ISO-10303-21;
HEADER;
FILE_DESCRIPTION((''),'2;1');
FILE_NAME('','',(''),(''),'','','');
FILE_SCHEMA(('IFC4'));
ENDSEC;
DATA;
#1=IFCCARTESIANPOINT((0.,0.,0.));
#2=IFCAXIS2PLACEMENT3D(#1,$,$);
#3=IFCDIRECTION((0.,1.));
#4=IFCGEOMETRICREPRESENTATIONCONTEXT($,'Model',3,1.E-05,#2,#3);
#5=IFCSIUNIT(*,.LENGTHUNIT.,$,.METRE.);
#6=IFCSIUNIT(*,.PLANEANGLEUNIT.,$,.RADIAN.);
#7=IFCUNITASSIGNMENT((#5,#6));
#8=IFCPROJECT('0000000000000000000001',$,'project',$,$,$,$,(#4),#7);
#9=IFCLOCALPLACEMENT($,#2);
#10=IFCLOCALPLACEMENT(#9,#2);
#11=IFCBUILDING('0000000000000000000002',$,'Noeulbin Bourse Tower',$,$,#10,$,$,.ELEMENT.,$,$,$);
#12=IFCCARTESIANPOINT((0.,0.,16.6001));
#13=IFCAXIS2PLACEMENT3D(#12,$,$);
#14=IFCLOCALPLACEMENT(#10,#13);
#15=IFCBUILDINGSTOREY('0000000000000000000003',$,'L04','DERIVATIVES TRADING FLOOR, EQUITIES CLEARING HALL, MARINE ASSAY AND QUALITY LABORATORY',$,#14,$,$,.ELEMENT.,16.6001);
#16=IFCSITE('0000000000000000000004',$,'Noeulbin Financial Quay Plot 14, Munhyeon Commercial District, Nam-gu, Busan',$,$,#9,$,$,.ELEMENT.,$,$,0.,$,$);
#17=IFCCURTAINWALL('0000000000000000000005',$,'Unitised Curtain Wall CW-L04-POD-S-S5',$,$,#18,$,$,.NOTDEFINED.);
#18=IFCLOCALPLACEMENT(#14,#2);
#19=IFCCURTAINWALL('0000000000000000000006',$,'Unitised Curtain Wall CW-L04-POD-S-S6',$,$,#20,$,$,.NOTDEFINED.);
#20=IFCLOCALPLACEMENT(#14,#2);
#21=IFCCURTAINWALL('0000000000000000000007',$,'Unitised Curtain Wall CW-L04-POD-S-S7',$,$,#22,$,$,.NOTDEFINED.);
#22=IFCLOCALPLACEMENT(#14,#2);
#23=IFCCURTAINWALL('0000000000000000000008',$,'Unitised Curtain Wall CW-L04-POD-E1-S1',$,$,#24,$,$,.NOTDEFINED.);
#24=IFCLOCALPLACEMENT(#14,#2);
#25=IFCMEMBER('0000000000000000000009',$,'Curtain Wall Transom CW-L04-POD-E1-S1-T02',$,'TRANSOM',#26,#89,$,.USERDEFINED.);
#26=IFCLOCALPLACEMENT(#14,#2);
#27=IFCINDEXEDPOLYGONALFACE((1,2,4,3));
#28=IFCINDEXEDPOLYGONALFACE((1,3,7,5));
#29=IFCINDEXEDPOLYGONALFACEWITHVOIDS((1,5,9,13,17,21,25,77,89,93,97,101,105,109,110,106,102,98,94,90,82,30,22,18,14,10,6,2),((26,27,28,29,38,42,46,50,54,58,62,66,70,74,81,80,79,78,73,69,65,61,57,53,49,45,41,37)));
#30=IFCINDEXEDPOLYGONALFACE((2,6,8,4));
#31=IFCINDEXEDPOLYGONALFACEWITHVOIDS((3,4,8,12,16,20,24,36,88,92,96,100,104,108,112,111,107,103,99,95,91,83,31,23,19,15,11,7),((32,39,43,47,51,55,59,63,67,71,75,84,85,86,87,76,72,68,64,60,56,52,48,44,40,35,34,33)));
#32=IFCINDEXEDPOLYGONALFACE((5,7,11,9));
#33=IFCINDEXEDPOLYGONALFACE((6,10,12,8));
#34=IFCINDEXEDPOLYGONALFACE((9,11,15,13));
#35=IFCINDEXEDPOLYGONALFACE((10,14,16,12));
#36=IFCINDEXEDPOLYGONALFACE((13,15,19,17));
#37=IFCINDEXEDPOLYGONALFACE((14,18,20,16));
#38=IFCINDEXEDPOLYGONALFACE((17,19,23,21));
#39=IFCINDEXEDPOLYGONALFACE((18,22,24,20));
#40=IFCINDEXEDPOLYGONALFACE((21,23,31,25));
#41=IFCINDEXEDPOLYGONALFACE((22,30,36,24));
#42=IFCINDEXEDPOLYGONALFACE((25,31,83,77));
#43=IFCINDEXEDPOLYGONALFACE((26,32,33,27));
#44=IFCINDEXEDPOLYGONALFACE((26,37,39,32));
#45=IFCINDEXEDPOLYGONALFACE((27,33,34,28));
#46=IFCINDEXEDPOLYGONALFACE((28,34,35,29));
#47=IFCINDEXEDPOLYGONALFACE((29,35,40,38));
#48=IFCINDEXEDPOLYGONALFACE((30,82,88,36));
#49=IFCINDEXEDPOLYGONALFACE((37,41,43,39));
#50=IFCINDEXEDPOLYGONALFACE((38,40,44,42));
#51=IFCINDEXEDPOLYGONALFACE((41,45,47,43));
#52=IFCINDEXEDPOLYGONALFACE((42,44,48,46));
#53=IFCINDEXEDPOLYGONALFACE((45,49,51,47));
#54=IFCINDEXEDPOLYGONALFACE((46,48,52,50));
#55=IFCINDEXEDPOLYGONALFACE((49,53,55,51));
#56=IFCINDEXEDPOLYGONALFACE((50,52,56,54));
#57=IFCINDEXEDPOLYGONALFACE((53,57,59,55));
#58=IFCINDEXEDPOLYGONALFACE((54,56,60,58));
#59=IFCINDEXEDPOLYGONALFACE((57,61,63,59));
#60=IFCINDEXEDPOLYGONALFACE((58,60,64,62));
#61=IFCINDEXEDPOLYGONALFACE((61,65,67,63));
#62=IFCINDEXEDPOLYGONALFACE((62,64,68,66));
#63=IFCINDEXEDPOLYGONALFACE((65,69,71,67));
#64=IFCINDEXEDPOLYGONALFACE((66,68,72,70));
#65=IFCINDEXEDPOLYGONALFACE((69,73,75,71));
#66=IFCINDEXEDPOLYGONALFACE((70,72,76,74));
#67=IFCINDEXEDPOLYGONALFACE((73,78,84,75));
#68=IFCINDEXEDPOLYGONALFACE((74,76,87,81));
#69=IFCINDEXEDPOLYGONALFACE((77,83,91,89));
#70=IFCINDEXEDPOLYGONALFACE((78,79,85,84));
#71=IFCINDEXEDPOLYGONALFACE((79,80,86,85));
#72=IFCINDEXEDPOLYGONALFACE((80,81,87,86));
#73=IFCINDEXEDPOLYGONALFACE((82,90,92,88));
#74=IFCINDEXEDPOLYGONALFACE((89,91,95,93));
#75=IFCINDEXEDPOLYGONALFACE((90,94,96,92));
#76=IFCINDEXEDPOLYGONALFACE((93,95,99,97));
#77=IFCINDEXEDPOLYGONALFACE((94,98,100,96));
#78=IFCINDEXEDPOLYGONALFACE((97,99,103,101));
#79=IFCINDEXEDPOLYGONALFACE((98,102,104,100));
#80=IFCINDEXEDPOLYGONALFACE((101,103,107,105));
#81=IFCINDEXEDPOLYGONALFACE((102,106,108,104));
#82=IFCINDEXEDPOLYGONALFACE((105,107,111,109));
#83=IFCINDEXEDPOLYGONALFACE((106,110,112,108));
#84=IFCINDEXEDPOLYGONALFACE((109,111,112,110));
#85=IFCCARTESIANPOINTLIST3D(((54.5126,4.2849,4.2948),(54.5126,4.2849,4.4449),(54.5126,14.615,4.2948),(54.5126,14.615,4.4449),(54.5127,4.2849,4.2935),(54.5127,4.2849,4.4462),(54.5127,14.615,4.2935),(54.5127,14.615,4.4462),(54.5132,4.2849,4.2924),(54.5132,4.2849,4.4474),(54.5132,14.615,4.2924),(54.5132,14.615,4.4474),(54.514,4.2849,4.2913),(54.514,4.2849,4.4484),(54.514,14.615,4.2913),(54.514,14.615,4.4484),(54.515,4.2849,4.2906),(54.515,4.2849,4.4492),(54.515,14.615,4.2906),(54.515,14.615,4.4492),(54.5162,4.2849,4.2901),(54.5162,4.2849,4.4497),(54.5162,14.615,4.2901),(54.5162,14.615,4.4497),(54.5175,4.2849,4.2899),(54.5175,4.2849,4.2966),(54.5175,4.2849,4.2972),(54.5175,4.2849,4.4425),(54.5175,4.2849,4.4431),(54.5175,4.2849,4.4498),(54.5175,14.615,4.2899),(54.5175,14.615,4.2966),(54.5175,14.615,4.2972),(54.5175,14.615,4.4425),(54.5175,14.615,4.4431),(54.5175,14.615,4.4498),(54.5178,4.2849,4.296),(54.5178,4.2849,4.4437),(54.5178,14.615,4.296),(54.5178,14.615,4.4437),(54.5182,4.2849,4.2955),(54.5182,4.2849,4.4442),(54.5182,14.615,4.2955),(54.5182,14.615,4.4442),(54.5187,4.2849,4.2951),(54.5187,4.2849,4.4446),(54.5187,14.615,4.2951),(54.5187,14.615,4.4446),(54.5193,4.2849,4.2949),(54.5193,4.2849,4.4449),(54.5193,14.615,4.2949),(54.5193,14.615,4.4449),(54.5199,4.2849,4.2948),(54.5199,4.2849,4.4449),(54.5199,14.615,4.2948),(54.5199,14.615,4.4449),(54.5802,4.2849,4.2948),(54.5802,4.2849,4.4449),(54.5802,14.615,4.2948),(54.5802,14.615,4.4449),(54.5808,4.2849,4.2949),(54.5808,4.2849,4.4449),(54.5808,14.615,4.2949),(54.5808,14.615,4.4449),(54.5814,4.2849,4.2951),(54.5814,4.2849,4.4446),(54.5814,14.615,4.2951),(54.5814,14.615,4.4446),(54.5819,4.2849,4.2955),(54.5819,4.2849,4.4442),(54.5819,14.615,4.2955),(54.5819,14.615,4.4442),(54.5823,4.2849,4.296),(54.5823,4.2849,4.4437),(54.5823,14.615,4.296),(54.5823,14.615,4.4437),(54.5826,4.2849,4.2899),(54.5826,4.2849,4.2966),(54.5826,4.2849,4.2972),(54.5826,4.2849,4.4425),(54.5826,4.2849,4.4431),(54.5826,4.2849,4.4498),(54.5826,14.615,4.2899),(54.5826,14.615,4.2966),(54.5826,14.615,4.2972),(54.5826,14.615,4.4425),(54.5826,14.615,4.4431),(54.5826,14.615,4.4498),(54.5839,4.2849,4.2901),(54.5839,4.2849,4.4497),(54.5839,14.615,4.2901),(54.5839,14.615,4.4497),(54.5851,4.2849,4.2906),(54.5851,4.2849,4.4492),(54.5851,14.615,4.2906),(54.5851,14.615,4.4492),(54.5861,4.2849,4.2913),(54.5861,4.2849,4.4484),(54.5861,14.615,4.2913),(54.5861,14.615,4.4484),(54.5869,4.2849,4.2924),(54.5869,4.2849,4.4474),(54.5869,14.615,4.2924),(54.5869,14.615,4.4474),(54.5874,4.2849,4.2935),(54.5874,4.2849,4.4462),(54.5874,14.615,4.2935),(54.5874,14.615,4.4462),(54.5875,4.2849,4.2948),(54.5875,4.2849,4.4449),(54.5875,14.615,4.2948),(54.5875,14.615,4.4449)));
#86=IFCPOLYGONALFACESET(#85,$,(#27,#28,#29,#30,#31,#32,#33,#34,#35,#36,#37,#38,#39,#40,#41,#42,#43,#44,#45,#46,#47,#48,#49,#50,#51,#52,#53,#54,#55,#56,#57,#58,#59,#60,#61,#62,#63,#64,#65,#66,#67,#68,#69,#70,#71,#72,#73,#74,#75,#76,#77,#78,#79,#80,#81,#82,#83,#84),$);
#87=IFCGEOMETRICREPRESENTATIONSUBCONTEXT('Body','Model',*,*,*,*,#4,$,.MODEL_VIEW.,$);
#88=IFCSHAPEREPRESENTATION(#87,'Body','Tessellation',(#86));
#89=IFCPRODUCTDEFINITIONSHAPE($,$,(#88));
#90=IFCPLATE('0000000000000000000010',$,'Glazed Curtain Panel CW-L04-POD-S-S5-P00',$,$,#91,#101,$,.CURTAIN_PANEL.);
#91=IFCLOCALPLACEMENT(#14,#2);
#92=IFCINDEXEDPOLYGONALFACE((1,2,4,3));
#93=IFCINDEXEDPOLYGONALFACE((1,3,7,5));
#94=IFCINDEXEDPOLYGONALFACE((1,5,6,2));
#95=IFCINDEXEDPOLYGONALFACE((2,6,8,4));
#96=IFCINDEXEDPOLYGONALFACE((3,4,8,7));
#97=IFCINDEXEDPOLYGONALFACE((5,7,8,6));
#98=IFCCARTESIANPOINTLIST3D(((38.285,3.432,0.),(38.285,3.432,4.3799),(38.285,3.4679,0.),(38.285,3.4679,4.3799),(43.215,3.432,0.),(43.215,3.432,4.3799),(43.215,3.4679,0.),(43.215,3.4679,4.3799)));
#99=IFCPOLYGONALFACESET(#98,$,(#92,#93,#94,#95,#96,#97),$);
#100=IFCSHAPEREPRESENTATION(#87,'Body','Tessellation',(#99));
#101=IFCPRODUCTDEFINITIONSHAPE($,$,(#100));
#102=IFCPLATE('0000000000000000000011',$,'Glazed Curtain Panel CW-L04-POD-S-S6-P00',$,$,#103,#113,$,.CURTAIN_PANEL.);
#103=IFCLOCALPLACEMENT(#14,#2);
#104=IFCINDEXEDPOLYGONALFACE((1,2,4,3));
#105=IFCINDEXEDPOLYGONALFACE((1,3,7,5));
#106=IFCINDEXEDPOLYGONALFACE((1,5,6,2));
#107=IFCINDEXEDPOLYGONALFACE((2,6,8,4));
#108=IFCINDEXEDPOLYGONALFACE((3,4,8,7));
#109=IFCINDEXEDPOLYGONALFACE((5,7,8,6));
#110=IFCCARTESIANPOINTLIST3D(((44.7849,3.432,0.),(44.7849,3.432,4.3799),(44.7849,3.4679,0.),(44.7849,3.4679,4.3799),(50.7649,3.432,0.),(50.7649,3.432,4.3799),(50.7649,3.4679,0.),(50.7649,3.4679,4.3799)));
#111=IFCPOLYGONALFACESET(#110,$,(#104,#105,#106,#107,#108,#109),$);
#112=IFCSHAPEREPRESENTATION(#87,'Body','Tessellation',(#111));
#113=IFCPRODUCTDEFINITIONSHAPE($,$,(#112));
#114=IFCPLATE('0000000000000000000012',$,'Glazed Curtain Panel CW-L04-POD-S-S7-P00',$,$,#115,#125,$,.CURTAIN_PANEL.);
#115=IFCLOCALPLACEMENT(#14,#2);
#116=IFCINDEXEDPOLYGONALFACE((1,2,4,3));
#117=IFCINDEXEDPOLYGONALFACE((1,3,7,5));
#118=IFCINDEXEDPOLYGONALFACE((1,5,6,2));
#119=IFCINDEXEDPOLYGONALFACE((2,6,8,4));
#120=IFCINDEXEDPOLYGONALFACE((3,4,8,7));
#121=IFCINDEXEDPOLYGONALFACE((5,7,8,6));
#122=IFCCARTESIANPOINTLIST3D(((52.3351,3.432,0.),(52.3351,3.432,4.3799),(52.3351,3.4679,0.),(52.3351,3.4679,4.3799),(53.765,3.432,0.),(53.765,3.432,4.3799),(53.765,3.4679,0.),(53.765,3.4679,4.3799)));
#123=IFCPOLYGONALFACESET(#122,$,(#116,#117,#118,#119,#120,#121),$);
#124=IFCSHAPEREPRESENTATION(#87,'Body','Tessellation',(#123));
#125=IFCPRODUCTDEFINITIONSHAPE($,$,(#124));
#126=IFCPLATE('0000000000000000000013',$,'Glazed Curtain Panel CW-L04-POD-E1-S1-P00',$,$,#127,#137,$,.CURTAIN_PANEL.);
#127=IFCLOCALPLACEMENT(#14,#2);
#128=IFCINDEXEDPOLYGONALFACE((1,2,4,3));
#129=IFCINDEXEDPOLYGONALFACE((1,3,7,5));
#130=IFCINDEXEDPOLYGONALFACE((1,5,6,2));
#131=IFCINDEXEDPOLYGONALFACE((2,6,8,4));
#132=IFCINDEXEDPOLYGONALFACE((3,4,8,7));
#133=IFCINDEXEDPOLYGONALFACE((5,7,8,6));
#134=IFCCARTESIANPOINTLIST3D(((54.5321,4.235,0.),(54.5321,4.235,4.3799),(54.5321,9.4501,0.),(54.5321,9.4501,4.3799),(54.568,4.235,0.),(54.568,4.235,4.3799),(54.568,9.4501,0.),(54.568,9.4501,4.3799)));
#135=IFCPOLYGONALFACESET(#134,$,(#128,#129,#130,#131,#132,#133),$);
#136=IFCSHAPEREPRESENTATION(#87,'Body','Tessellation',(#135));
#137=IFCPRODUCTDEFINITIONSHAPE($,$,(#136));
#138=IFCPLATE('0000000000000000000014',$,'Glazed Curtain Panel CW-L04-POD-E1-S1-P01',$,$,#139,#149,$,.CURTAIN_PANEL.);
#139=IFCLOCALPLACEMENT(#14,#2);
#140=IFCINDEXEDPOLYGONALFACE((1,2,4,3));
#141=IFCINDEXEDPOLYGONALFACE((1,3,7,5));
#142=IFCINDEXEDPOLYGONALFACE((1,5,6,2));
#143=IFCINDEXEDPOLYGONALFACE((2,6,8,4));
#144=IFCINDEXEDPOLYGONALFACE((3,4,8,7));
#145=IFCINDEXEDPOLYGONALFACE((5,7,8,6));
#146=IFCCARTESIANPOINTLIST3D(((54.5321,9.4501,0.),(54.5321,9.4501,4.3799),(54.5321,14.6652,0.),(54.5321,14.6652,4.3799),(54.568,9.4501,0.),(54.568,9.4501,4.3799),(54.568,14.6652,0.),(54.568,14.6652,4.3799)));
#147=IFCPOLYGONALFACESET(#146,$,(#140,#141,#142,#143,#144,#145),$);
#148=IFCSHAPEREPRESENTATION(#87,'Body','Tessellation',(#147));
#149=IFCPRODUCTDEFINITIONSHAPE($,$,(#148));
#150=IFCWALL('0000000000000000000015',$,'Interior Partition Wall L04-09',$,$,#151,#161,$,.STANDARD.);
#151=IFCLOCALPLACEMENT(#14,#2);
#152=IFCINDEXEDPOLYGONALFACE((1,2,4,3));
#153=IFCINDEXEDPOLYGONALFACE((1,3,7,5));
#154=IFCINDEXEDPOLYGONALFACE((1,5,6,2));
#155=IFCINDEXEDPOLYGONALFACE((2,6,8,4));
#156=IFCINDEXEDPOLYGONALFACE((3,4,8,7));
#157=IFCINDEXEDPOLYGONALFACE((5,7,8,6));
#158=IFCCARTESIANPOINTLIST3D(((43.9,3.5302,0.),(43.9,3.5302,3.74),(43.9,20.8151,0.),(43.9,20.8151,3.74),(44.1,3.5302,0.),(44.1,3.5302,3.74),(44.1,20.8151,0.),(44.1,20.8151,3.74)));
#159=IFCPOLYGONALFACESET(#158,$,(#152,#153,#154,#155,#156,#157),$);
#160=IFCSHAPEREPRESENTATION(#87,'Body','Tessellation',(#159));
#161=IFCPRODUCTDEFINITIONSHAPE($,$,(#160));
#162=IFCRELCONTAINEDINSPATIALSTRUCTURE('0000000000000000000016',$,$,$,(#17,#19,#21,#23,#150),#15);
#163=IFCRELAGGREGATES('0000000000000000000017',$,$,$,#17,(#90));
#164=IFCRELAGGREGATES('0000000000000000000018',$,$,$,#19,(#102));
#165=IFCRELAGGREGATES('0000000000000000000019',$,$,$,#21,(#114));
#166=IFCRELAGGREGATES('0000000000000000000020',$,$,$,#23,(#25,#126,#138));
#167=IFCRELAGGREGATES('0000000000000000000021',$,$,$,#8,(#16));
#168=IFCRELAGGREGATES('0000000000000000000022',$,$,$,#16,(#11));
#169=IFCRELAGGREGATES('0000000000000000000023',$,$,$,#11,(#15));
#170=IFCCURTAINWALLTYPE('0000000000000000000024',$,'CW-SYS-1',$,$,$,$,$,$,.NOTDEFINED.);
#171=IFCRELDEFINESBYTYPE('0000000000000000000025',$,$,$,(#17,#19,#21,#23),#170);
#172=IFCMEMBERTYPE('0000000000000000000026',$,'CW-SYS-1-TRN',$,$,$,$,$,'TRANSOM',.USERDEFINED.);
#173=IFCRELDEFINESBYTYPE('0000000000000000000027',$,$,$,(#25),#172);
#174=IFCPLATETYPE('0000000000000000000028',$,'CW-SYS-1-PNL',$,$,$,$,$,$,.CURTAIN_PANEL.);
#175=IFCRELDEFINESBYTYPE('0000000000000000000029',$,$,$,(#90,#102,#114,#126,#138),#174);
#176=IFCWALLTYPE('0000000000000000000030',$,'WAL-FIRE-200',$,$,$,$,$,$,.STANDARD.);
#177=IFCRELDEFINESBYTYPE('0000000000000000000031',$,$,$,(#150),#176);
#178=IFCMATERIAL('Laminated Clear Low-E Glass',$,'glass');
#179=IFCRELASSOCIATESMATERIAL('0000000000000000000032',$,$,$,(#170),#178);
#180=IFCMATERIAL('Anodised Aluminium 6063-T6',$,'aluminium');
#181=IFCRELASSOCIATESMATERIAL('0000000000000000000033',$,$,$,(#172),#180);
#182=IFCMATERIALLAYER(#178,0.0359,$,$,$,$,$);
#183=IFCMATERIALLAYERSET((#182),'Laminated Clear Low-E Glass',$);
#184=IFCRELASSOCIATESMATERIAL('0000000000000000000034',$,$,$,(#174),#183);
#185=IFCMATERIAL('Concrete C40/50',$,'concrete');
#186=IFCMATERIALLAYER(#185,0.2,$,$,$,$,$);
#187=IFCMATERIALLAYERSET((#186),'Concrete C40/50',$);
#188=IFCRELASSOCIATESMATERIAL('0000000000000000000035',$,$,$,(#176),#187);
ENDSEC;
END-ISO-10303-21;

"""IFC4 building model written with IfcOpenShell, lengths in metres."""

from ifc_helpers import new_model, si_unit, direction, frame, frame_2d, origin, origin_2d, place, context, subcontext, project, spatial, rectangle, hollow_rectangle, extrude, material, layer, layer_set, material_profile, profile_set, type_object, element, aggregate, save


model = new_model("IFC4")

# Units and contexts
model_context = context("Model", 3, precision=1e-05, world=origin(), true_north=direction((0.0, 1.0)))
body_context = subcontext(model_context, "Body", "Model", "MODEL_VIEW")
ifc_project = project(units=[si_unit("LENGTHUNIT", "METRE"), si_unit("PLANEANGLEUNIT", "RADIAN")], contexts=[model_context])

# Site, building, storey
site_placement = place(None, origin())
site = spatial("IfcSite", under=ifc_project, at=site_placement, Name="Noeulbin Financial Quay Plot 14, Munhyeon Commercial District, Nam-gu, Busan", CompositionType="ELEMENT", RefElevation=0.0)
building_placement = place(site_placement, origin())
building = spatial("IfcBuilding", under=site, at=building_placement, Name="Noeulbin Bourse Tower", CompositionType="ELEMENT")
storey_placement = place(building_placement, frame((0.0, 0.0, 16.6001)))
storey = spatial("IfcBuildingStorey", under=building, at=storey_placement, Name="L04", Description="DERIVATIVES TRADING FLOOR, EQUITIES CLEARING HALL, MARINE ASSAY AND QUALITY LABORATORY", CompositionType="ELEMENT", Elevation=16.6001)

# Curtain wall
ifc_material_1 = material(Name="Laminated Clear Low-E Glass", Category="glass")
curtain_wall_type = type_object("IfcCurtainWallType", Name="CW-SYS-1", PredefinedType="NOTDEFINED", material=ifc_material_1)
curtain_wall_1_placement = place(storey_placement, origin())
curtain_wall_1 = element("IfcCurtainWall", 1, at=curtain_wall_1_placement, inside=storey, type_object=curtain_wall_type, Name="Unitised Curtain Wall CW-L04-POD-S-S5", PredefinedType="NOTDEFINED")
ifc_material_2 = material(Name="Anodised Aluminium 6063-T6", Category="aluminium")

# Curtain walls
curtain_wall_2_placement = place(storey_placement, origin())
curtain_wall_2 = element("IfcCurtainWall", 2, at=curtain_wall_2_placement, inside=storey, type_object=curtain_wall_type, Name="Unitised Curtain Wall CW-L04-POD-S-S6", PredefinedType="NOTDEFINED")
curtain_wall_3_placement = place(storey_placement, origin())
curtain_wall_3 = element("IfcCurtainWall", 3, at=curtain_wall_3_placement, inside=storey, type_object=curtain_wall_type, Name="Unitised Curtain Wall CW-L04-POD-S-S7", PredefinedType="NOTDEFINED")
curtain_wall_4_placement = place(storey_placement, origin())
curtain_wall_4 = element("IfcCurtainWall", 4, at=curtain_wall_4_placement, inside=storey, type_object=curtain_wall_type, Name="Unitised Curtain Wall CW-L04-POD-E1-S1", PredefinedType="NOTDEFINED")

# Member
ifc_material_profile_1 = material_profile(ifc_material_2, hollow_rectangle(XDim=0.075, YDim=0.1599, WallThickness=0.0049, InnerFilletRadius=0.0024, OuterFilletRadius=0.0049, at=origin_2d()), Name="ALU-TRAN-75x160x5", Category="LoadBearing")
ifc_profile_set_1 = profile_set([ifc_material_profile_1], Name="Anodised Aluminium 6063-T6")
member_type_1 = type_object("IfcMemberType", Name="CW-SYS-1-TRN", ElementType="TRANSOM", PredefinedType="USERDEFINED", material=ifc_profile_set_1)
member_1_placement = place(storey_placement, frame((54.55, 4.2849, 4.3699), z_axis=(0.0, 1.0, 0.0), x_axis=(-1.0, 0.0, 0.0)))
member_1 = element("IfcMember", 5, at=member_1_placement, type_object=member_type_1, Name="Curtain Wall Transom CW-L04-POD-E1-S1-T02", ObjectType="TRANSOM", PredefinedType="USERDEFINED", context=body_context, shape_type="SweptSolid", body=[
    extrude(hollow_rectangle(XDim=0.075, YDim=0.1599, WallThickness=0.0049, InnerFilletRadius=0.0024, OuterFilletRadius=0.0049, at=origin_2d()), origin(), (0.0, 0.0, 1.0), 10.3301),
])

# Plates
ifc_layer_1 = layer(ifc_material_1, 0.0359)
ifc_layer_set_1 = layer_set([ifc_layer_1], Name="Laminated Clear Low-E Glass")
plate_type = type_object("IfcPlateType", Name="CW-SYS-1-PNL", PredefinedType="CURTAIN_PANEL", material=ifc_layer_set_1)
plate_1_placement = place(storey_placement, frame((40.75, 3.45, 0.0), z_axis=(0.0, 0.0, 1.0), x_axis=(1.0, 0.0, 0.0)))
plate_1 = element("IfcPlate", 6, at=plate_1_placement, type_object=plate_type, Name="Glazed Curtain Panel CW-L04-POD-S-S5-P00", PredefinedType="CURTAIN_PANEL", context=body_context, shape_type="SweptSolid", body=[
    extrude(rectangle(XDim=4.9299, YDim=0.0359, at=origin_2d()), origin(), (0.0, 0.0, 1.0), 4.3799),
])
aggregate(curtain_wall_1, [plate_1])
plate_2_placement = place(storey_placement, frame((47.7749, 3.45, 0.0), z_axis=(0.0, 0.0, 1.0), x_axis=(1.0, 0.0, 0.0)))
plate_2 = element("IfcPlate", 7, at=plate_2_placement, type_object=plate_type, Name="Glazed Curtain Panel CW-L04-POD-S-S6-P00", PredefinedType="CURTAIN_PANEL", context=body_context, shape_type="SweptSolid", body=[
    extrude(rectangle(XDim=5.98, YDim=0.0359, at=origin_2d()), origin(), (0.0, 0.0, 1.0), 4.3799),
])
aggregate(curtain_wall_2, [plate_2])
plate_3_placement = place(storey_placement, frame((53.05, 3.45, 0.0), z_axis=(0.0, 0.0, 1.0), x_axis=(1.0, 0.0, 0.0)))
plate_3 = element("IfcPlate", 8, at=plate_3_placement, type_object=plate_type, Name="Glazed Curtain Panel CW-L04-POD-S-S7-P00", PredefinedType="CURTAIN_PANEL", context=body_context, shape_type="SweptSolid", body=[
    extrude(rectangle(XDim=1.4299, YDim=0.0359, at=origin_2d()), origin(), (0.0, 0.0, 1.0), 4.3799),
])
aggregate(curtain_wall_3, [plate_3])
plate_4_placement = place(storey_placement, frame((54.55, 6.8425, 0.0), z_axis=(0.0, 0.0, 1.0), x_axis=(0.0, 1.0, 0.0)))
plate_4 = element("IfcPlate", 9, at=plate_4_placement, type_object=plate_type, Name="Glazed Curtain Panel CW-L04-POD-E1-S1-P00", PredefinedType="CURTAIN_PANEL", context=body_context, shape_type="SweptSolid", body=[
    extrude(rectangle(XDim=5.2151, YDim=0.0359, at=origin_2d()), origin(), (0.0, 0.0, 1.0), 4.3799),
])
plate_5_placement = place(storey_placement, frame((54.55, 12.0576, 0.0), z_axis=(0.0, 0.0, 1.0), x_axis=(0.0, 1.0, 0.0)))
plate_5 = element("IfcPlate", 10, at=plate_5_placement, type_object=plate_type, Name="Glazed Curtain Panel CW-L04-POD-E1-S1-P01", PredefinedType="CURTAIN_PANEL", context=body_context, shape_type="SweptSolid", body=[
    extrude(rectangle(XDim=5.2151, YDim=0.0359, at=origin_2d()), origin(), (0.0, 0.0, 1.0), 4.3799),
])
aggregate(curtain_wall_4, [member_1, plate_4, plate_5])

# Wall
ifc_material_3 = material(Name="Concrete C40/50", Category="concrete")
ifc_layer_2 = layer(ifc_material_3, 0.2)
ifc_layer_set_2 = layer_set([ifc_layer_2], Name="Concrete C40/50")
wall_type = type_object("IfcWallType", Name="WAL-FIRE-200", PredefinedType="STANDARD", material=ifc_layer_set_2)
wall_placement = place(storey_placement, frame((44.0, 3.53, 0.0), z_axis=(0.0, 0.0, 1.0), x_axis=(0.0, 1.0, 0.0)))
element("IfcWall", 11, at=wall_placement, inside=storey, type_object=wall_type, Name="Interior Partition Wall L04-09", PredefinedType="STANDARD", context=body_context, shape_type="SweptSolid", body=[
    extrude(rectangle(XDim=17.2849, YDim=0.2, at=frame_2d((8.6426, 0.0))), origin(), (0.0, 0.0, 1.0), 3.74),
])

save(model, "model.ifc")
